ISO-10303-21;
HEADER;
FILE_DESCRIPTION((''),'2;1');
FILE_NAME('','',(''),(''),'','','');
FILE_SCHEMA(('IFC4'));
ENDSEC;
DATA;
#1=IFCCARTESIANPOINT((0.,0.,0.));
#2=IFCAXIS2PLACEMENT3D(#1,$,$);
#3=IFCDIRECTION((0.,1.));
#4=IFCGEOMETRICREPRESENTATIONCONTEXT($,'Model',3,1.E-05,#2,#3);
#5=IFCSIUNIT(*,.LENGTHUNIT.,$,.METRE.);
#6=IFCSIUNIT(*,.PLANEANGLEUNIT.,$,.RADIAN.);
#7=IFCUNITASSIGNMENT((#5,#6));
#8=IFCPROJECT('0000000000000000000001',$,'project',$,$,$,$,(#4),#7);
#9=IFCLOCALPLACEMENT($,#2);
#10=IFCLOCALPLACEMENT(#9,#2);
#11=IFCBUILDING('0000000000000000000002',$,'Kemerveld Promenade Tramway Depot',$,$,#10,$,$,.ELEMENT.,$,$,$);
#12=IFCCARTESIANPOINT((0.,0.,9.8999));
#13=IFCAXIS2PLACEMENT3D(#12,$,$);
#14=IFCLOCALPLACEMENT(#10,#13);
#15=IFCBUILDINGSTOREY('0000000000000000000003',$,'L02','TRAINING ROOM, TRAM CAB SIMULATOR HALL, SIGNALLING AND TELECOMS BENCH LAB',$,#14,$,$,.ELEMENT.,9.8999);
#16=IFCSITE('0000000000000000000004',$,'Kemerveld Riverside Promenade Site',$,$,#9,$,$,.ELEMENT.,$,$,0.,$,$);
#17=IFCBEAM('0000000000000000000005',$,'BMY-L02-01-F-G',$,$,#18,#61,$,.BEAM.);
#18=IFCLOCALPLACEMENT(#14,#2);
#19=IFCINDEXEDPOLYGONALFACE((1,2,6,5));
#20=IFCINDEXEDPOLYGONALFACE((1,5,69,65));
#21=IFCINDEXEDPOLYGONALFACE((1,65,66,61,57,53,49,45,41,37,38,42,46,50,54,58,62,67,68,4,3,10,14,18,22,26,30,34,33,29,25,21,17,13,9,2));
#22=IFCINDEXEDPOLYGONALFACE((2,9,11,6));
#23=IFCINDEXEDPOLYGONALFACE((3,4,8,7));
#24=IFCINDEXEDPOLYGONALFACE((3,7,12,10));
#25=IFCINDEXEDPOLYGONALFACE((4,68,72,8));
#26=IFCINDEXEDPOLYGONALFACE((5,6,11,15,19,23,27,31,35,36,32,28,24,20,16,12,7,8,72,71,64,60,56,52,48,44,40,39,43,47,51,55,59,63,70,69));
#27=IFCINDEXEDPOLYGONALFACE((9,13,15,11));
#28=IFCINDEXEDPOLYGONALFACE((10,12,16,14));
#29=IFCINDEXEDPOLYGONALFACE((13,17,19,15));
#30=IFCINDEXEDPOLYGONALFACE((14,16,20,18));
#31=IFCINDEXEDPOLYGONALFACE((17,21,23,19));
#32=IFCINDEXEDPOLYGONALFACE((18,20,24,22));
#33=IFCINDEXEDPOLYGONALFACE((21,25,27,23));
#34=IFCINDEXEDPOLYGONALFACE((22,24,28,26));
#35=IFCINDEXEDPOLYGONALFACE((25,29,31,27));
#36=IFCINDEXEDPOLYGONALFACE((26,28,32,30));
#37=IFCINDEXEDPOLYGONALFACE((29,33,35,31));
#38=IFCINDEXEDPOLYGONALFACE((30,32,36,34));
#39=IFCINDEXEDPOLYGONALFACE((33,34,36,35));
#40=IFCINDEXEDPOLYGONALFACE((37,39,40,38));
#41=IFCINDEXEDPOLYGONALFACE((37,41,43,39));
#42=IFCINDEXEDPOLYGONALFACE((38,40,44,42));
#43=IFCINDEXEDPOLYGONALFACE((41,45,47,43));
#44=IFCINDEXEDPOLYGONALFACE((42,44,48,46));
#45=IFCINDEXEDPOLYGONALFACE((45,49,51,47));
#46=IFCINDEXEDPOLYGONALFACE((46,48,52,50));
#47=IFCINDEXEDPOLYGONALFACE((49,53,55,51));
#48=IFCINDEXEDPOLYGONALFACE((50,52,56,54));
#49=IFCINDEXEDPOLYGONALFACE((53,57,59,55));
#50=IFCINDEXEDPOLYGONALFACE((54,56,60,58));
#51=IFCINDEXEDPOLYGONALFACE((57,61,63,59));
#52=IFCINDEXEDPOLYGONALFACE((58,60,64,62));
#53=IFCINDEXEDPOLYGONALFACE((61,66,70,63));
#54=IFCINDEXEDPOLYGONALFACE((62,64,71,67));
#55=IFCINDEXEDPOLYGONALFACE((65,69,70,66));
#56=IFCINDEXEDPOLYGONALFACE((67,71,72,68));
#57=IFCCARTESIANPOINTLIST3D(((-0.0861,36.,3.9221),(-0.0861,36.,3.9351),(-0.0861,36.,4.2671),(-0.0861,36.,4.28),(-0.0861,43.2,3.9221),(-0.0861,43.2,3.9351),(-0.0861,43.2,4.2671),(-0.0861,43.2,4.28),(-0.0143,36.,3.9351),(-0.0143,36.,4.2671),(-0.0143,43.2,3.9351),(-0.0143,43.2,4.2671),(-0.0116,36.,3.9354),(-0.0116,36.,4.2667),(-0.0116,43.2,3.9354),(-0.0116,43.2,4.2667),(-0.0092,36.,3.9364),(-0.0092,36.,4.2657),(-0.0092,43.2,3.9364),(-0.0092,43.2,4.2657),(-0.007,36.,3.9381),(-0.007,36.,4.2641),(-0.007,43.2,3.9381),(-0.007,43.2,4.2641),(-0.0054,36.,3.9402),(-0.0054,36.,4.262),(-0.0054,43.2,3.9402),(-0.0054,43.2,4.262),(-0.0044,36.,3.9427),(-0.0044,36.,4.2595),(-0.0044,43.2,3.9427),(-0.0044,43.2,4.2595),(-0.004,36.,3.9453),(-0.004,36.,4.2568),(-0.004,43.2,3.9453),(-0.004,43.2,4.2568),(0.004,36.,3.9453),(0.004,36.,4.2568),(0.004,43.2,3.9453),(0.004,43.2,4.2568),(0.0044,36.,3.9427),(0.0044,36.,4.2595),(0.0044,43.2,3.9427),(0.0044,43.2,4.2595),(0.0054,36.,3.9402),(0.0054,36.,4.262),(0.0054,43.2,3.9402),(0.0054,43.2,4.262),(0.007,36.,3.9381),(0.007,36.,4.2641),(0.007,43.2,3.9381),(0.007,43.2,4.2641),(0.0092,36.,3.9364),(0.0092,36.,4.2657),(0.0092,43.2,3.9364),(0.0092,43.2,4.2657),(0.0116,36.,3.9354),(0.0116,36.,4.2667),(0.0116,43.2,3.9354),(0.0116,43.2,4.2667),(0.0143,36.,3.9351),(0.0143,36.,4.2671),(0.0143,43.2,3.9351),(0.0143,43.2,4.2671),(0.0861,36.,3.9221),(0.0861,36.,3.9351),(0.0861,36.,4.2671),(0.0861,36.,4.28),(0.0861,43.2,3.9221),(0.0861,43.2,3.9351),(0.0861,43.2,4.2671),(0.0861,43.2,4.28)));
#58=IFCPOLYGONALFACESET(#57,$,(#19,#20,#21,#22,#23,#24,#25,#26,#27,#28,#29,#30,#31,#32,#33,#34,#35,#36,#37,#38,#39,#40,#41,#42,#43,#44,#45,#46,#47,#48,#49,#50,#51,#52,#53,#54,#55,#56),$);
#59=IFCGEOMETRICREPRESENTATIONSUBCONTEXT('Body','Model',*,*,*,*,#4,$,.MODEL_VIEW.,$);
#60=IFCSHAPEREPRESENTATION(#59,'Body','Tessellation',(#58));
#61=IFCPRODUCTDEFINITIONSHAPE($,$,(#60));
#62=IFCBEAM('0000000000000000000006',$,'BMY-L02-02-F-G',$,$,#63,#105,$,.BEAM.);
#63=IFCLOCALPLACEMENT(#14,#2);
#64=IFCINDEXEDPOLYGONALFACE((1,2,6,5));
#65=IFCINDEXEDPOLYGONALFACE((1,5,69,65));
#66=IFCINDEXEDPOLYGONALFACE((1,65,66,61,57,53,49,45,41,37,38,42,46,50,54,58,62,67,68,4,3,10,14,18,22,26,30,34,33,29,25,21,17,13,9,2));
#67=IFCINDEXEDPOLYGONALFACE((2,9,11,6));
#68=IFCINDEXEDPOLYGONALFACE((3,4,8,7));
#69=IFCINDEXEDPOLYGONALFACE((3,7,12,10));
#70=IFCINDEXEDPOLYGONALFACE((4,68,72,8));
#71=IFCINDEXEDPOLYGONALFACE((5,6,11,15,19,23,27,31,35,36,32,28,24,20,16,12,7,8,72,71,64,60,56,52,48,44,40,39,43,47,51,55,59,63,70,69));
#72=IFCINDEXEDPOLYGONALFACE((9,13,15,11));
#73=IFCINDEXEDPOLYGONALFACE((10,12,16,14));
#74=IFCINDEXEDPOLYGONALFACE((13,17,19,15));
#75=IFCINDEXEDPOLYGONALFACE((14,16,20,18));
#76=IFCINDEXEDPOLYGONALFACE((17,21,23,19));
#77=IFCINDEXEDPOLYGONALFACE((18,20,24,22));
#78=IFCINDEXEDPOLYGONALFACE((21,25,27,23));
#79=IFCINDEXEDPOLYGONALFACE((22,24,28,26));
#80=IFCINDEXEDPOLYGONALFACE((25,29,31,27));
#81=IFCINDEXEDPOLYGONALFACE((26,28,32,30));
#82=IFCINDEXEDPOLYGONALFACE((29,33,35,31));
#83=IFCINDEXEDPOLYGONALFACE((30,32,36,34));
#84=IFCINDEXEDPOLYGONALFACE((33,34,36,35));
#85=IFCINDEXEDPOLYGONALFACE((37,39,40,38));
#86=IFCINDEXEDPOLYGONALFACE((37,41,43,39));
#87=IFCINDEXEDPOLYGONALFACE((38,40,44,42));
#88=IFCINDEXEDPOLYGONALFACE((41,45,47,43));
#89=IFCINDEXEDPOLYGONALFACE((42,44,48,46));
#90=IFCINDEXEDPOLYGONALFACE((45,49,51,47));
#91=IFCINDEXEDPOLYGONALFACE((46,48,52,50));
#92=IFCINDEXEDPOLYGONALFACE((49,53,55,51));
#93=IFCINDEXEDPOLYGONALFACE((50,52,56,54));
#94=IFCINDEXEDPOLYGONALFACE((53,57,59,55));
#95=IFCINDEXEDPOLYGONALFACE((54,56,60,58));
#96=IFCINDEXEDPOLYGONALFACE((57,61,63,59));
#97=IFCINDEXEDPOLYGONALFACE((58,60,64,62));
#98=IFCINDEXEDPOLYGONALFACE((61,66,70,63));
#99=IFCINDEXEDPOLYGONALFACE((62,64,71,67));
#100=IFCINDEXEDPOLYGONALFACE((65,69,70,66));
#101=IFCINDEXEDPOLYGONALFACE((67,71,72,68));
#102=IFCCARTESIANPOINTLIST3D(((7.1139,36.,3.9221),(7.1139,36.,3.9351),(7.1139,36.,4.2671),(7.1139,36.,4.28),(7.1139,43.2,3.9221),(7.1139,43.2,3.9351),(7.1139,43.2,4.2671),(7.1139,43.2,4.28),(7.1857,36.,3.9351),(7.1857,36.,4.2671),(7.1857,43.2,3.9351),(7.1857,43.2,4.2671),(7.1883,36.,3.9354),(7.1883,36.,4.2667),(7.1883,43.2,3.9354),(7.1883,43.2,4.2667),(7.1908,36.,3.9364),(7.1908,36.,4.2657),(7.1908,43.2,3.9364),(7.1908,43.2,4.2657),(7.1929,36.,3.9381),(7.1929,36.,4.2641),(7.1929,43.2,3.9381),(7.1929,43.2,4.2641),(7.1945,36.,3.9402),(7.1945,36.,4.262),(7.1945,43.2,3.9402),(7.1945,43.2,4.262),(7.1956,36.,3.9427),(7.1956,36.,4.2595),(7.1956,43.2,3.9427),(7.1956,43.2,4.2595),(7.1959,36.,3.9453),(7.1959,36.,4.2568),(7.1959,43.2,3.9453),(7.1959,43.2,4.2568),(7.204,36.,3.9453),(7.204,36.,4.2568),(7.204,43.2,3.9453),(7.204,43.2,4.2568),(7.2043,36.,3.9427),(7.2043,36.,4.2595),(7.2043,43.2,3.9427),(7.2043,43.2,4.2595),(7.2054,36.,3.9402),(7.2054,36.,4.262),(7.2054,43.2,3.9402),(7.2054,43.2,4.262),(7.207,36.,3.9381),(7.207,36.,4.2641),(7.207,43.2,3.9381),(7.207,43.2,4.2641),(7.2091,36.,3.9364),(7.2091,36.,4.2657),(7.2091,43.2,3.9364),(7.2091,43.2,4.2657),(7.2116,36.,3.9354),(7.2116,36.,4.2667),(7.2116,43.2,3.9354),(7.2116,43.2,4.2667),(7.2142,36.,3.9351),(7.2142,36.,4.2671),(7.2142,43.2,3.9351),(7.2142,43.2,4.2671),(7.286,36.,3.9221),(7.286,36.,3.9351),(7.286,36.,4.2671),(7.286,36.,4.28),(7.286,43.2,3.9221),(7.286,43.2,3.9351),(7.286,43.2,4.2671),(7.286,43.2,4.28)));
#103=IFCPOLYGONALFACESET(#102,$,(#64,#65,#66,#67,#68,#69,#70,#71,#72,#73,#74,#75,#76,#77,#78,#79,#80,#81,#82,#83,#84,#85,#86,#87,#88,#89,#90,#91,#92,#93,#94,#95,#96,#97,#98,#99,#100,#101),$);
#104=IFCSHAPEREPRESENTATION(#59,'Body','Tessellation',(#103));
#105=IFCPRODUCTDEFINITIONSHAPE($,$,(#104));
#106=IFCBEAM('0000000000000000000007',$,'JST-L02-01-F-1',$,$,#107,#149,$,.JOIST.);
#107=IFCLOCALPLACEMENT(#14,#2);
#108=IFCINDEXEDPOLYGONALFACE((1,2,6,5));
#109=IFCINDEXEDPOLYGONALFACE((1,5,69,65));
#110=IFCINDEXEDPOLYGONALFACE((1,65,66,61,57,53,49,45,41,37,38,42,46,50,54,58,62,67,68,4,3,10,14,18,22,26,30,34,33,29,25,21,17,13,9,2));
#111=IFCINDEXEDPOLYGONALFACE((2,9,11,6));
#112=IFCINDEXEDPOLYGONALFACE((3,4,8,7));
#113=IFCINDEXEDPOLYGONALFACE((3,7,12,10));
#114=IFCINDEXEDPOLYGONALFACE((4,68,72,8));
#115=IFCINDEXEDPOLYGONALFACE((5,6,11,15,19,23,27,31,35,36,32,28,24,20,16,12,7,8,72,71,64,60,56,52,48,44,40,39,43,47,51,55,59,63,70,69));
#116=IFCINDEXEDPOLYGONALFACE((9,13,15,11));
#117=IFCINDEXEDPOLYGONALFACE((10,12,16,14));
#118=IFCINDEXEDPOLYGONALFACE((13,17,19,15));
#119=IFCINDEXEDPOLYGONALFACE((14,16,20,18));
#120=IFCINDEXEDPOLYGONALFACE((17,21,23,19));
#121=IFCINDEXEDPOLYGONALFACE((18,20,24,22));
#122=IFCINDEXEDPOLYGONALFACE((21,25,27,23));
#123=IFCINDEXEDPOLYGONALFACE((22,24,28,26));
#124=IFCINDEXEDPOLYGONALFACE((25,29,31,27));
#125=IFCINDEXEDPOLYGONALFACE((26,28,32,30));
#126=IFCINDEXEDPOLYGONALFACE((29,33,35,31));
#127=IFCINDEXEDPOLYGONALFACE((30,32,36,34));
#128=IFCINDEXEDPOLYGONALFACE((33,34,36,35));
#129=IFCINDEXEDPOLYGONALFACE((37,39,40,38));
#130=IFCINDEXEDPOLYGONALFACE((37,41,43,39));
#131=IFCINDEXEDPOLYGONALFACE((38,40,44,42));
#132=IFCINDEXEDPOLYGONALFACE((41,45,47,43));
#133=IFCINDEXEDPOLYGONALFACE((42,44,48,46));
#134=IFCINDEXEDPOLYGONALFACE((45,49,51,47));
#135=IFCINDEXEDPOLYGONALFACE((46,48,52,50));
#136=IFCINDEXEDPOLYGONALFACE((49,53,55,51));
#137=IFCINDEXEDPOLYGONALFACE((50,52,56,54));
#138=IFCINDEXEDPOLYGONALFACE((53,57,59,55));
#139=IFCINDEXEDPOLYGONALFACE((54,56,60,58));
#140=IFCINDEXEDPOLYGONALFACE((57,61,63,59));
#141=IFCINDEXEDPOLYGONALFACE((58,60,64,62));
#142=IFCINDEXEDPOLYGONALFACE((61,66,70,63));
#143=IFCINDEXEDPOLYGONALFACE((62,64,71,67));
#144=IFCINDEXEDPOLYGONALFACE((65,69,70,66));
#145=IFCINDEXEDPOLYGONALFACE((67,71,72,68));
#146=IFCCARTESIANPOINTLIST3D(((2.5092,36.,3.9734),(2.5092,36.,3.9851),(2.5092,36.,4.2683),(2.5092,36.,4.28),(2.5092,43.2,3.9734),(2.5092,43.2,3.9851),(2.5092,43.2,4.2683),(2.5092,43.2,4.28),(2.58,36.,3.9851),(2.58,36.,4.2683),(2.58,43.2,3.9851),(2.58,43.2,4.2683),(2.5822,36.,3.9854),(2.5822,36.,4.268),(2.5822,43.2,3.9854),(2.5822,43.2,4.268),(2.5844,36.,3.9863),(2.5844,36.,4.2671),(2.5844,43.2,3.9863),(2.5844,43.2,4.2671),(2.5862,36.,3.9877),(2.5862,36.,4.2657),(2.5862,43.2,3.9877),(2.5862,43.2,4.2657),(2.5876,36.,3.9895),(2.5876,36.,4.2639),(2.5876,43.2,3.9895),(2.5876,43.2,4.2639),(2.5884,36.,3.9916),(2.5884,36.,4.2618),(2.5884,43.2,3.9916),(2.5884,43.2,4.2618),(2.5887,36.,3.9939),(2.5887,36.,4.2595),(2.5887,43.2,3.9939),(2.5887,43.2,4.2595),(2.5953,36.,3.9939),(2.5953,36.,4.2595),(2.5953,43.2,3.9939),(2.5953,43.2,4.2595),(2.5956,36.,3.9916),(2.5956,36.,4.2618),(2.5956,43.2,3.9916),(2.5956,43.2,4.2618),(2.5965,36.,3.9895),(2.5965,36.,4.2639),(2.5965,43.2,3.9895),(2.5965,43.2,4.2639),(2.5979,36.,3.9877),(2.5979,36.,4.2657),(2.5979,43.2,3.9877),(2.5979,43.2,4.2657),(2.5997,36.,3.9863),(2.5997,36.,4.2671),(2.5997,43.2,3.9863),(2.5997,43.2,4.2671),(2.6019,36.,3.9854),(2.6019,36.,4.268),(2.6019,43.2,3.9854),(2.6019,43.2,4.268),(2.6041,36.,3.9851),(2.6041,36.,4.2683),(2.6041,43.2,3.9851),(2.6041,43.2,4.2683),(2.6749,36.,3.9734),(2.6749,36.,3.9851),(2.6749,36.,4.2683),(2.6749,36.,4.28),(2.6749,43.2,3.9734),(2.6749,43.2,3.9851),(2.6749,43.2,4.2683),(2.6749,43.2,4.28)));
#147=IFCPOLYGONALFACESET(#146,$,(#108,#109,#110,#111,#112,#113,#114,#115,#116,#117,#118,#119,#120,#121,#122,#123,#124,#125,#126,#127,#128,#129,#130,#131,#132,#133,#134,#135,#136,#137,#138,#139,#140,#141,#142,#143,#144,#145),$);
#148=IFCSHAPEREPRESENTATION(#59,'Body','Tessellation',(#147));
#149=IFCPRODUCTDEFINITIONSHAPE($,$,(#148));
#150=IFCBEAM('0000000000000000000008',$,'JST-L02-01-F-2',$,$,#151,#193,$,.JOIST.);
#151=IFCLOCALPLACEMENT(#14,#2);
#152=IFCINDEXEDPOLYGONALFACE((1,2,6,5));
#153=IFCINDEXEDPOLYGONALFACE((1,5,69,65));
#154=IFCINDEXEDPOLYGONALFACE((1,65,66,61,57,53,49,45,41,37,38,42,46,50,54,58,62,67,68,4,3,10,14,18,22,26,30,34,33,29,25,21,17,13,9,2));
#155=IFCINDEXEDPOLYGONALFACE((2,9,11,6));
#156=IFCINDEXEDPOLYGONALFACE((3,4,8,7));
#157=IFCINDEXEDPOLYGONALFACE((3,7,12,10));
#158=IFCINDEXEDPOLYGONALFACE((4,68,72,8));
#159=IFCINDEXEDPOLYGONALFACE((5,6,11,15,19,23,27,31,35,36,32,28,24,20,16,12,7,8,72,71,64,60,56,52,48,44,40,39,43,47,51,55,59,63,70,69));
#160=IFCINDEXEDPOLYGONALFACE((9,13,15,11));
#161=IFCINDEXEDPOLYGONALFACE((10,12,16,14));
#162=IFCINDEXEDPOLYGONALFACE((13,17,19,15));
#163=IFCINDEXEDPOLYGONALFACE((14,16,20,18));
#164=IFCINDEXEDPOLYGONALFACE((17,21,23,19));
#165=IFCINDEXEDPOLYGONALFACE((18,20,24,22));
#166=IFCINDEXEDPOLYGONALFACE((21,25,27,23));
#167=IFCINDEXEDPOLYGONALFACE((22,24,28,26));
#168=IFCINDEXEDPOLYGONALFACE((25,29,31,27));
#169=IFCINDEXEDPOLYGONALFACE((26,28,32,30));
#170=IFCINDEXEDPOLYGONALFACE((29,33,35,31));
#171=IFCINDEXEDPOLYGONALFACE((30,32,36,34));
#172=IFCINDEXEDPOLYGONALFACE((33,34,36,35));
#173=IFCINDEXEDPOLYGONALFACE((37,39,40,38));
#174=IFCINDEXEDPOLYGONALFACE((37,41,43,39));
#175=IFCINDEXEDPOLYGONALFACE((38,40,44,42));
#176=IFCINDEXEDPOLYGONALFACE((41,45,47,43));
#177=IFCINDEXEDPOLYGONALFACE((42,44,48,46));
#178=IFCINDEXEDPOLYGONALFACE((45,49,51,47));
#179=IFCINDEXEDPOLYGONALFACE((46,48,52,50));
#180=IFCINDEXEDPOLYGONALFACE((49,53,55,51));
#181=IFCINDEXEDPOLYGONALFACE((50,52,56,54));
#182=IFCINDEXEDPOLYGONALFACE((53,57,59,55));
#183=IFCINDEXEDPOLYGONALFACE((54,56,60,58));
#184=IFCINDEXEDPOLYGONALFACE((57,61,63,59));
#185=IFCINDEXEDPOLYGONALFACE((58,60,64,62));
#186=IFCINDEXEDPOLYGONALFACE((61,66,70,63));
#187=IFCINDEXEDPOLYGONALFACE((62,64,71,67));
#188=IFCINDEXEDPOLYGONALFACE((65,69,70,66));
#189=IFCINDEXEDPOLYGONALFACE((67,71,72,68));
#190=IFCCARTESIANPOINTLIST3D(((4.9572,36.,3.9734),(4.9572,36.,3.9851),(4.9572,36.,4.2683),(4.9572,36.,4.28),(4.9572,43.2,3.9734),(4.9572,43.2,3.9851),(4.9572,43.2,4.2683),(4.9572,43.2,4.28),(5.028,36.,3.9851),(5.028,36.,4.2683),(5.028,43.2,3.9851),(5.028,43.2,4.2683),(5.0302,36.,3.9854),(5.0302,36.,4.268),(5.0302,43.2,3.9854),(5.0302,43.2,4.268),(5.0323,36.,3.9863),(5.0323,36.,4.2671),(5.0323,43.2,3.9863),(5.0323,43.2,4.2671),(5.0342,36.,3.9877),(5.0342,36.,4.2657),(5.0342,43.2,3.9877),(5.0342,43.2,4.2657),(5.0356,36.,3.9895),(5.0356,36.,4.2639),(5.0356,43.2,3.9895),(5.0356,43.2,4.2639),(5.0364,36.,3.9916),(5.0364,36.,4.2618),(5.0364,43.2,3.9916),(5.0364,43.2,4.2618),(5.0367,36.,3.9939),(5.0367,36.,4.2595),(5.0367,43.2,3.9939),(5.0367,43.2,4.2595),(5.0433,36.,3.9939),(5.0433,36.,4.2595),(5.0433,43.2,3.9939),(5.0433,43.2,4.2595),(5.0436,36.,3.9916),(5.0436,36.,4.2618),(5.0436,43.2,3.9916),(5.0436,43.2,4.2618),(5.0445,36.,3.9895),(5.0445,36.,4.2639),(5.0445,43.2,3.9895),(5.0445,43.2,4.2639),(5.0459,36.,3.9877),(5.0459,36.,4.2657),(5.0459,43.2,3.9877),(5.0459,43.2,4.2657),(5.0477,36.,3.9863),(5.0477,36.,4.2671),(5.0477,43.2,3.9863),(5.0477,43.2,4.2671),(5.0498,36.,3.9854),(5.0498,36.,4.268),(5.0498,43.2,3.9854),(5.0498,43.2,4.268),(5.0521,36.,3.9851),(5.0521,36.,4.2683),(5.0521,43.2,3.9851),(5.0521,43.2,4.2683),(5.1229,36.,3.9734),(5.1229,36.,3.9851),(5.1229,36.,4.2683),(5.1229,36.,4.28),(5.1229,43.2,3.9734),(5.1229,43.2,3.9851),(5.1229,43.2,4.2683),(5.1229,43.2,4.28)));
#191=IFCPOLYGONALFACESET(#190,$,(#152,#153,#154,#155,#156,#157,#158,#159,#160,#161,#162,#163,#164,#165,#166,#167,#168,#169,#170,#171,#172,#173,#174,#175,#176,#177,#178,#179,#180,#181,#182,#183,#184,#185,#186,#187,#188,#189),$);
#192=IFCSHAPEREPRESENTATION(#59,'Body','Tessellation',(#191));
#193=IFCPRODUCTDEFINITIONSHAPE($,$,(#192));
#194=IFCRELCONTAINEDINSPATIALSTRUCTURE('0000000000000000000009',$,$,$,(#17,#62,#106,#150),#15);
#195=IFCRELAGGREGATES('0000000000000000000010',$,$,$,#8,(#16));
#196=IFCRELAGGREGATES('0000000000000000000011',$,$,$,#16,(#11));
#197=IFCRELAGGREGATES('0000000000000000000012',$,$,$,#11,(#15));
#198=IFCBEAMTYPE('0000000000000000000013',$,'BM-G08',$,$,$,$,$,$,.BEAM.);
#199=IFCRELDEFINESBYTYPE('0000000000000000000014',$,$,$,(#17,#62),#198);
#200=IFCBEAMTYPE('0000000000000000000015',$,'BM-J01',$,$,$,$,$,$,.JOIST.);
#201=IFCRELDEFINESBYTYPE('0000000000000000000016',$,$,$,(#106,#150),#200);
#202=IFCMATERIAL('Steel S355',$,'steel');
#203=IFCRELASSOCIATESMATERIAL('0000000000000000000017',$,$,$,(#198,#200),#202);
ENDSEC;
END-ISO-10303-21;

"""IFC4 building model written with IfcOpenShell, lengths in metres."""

from ifc_helpers import new_model, si_unit, direction, frame, origin, origin_2d, place, context, subcontext, project, spatial, i_section, extrude, material, material_profile, profile_set, type_object, element, save


model = new_model("IFC4")

# Units and contexts
model_context = context("Model", 3, precision=1e-05, world=origin(), true_north=direction((0.0, 1.0)))
body_context = subcontext(model_context, "Body", "Model", "MODEL_VIEW")
ifc_project = project(units=[si_unit("LENGTHUNIT", "METRE"), si_unit("PLANEANGLEUNIT", "RADIAN")], contexts=[model_context])

# Site, building, storey
site_placement = place(None, origin())
site = spatial("IfcSite", under=ifc_project, at=site_placement, Name="Kemerveld Riverside Promenade Site", CompositionType="ELEMENT", RefElevation=0.0)
building_placement = place(site_placement, origin())
building = spatial("IfcBuilding", under=site, at=building_placement, Name="Kemerveld Promenade Tramway Depot", CompositionType="ELEMENT")
storey_placement = place(building_placement, frame((0.0, 0.0, 9.8999)))
storey = spatial("IfcBuildingStorey", under=building, at=storey_placement, Name="L02", Description="TRAINING ROOM, TRAM CAB SIMULATOR HALL, SIGNALLING AND TELECOMS BENCH LAB", CompositionType="ELEMENT", Elevation=9.8999)

# Shared definitions
ifc_material_1 = material(Name="Steel S355", Category="steel")

# Beams
ifc_material_profile_1 = material_profile(ifc_material_1, i_section(OverallWidth=0.1721, OverallDepth=0.3579, WebThickness=0.0081, FlangeThickness=0.0129, FilletRadius=0.0103, at=origin_2d()), Name="356x171x57 UB")
ifc_profile_set_1 = profile_set([ifc_material_profile_1], Name="Steel S355")
beam_type_1 = type_object("IfcBeamType", Name="BM-G08", PredefinedType="BEAM", material=ifc_profile_set_1)
for number, where, z_axis, x_axis, name in (
    (1, (0.0, 36.0, 4.1011), (0.0, 1.0, 0.0), (-1.0, 0.0, 0.0), "BMY-L02-01-F-G"),
    (2, (7.2, 36.0, 4.1011), (0.0, 1.0, 0.0), (-1.0, 0.0, 0.0), "BMY-L02-02-F-G"),
):
    element("IfcBeam", number, at=place(storey_placement, frame(where, z_axis=z_axis, x_axis=x_axis)), inside=storey, type_object=beam_type_1, Name=name, PredefinedType="BEAM", context=body_context, shape_type="SweptSolid", body=[
        extrude(i_section(OverallWidth=0.1721, OverallDepth=0.3579, WebThickness=0.0081, FlangeThickness=0.0129, FilletRadius=0.0103, at=origin_2d()), origin(), (0.0, 0.0, 1.0), 7.2),
    ])
ifc_material_profile_2 = material_profile(ifc_material_1, i_section(OverallWidth=0.1658, OverallDepth=0.3066, WebThickness=0.0066, FlangeThickness=0.0117, FilletRadius=0.0088, at=origin_2d()), Name="305x165x46 UB")
ifc_profile_set_2 = profile_set([ifc_material_profile_2], Name="Steel S355")
beam_type_2 = type_object("IfcBeamType", Name="BM-J01", PredefinedType="JOIST", material=ifc_profile_set_2)
for number, where, z_axis, x_axis, name in (
    (3, (2.592, 36.0, 4.1267), (0.0, 1.0, 0.0), (-1.0, 0.0, 0.0), "JST-L02-01-F-1"),
    (4, (5.04, 36.0, 4.1267), (0.0, 1.0, 0.0), (-1.0, 0.0, 0.0), "JST-L02-01-F-2"),
):
    element("IfcBeam", number, at=place(storey_placement, frame(where, z_axis=z_axis, x_axis=x_axis)), inside=storey, type_object=beam_type_2, Name=name, PredefinedType="JOIST", context=body_context, shape_type="SweptSolid", body=[
        extrude(i_section(OverallWidth=0.1658, OverallDepth=0.3066, WebThickness=0.0066, FlangeThickness=0.0117, FilletRadius=0.0088, at=origin_2d()), origin(), (0.0, 0.0, 1.0), 7.2),
    ])

save(model, "model.ifc")
